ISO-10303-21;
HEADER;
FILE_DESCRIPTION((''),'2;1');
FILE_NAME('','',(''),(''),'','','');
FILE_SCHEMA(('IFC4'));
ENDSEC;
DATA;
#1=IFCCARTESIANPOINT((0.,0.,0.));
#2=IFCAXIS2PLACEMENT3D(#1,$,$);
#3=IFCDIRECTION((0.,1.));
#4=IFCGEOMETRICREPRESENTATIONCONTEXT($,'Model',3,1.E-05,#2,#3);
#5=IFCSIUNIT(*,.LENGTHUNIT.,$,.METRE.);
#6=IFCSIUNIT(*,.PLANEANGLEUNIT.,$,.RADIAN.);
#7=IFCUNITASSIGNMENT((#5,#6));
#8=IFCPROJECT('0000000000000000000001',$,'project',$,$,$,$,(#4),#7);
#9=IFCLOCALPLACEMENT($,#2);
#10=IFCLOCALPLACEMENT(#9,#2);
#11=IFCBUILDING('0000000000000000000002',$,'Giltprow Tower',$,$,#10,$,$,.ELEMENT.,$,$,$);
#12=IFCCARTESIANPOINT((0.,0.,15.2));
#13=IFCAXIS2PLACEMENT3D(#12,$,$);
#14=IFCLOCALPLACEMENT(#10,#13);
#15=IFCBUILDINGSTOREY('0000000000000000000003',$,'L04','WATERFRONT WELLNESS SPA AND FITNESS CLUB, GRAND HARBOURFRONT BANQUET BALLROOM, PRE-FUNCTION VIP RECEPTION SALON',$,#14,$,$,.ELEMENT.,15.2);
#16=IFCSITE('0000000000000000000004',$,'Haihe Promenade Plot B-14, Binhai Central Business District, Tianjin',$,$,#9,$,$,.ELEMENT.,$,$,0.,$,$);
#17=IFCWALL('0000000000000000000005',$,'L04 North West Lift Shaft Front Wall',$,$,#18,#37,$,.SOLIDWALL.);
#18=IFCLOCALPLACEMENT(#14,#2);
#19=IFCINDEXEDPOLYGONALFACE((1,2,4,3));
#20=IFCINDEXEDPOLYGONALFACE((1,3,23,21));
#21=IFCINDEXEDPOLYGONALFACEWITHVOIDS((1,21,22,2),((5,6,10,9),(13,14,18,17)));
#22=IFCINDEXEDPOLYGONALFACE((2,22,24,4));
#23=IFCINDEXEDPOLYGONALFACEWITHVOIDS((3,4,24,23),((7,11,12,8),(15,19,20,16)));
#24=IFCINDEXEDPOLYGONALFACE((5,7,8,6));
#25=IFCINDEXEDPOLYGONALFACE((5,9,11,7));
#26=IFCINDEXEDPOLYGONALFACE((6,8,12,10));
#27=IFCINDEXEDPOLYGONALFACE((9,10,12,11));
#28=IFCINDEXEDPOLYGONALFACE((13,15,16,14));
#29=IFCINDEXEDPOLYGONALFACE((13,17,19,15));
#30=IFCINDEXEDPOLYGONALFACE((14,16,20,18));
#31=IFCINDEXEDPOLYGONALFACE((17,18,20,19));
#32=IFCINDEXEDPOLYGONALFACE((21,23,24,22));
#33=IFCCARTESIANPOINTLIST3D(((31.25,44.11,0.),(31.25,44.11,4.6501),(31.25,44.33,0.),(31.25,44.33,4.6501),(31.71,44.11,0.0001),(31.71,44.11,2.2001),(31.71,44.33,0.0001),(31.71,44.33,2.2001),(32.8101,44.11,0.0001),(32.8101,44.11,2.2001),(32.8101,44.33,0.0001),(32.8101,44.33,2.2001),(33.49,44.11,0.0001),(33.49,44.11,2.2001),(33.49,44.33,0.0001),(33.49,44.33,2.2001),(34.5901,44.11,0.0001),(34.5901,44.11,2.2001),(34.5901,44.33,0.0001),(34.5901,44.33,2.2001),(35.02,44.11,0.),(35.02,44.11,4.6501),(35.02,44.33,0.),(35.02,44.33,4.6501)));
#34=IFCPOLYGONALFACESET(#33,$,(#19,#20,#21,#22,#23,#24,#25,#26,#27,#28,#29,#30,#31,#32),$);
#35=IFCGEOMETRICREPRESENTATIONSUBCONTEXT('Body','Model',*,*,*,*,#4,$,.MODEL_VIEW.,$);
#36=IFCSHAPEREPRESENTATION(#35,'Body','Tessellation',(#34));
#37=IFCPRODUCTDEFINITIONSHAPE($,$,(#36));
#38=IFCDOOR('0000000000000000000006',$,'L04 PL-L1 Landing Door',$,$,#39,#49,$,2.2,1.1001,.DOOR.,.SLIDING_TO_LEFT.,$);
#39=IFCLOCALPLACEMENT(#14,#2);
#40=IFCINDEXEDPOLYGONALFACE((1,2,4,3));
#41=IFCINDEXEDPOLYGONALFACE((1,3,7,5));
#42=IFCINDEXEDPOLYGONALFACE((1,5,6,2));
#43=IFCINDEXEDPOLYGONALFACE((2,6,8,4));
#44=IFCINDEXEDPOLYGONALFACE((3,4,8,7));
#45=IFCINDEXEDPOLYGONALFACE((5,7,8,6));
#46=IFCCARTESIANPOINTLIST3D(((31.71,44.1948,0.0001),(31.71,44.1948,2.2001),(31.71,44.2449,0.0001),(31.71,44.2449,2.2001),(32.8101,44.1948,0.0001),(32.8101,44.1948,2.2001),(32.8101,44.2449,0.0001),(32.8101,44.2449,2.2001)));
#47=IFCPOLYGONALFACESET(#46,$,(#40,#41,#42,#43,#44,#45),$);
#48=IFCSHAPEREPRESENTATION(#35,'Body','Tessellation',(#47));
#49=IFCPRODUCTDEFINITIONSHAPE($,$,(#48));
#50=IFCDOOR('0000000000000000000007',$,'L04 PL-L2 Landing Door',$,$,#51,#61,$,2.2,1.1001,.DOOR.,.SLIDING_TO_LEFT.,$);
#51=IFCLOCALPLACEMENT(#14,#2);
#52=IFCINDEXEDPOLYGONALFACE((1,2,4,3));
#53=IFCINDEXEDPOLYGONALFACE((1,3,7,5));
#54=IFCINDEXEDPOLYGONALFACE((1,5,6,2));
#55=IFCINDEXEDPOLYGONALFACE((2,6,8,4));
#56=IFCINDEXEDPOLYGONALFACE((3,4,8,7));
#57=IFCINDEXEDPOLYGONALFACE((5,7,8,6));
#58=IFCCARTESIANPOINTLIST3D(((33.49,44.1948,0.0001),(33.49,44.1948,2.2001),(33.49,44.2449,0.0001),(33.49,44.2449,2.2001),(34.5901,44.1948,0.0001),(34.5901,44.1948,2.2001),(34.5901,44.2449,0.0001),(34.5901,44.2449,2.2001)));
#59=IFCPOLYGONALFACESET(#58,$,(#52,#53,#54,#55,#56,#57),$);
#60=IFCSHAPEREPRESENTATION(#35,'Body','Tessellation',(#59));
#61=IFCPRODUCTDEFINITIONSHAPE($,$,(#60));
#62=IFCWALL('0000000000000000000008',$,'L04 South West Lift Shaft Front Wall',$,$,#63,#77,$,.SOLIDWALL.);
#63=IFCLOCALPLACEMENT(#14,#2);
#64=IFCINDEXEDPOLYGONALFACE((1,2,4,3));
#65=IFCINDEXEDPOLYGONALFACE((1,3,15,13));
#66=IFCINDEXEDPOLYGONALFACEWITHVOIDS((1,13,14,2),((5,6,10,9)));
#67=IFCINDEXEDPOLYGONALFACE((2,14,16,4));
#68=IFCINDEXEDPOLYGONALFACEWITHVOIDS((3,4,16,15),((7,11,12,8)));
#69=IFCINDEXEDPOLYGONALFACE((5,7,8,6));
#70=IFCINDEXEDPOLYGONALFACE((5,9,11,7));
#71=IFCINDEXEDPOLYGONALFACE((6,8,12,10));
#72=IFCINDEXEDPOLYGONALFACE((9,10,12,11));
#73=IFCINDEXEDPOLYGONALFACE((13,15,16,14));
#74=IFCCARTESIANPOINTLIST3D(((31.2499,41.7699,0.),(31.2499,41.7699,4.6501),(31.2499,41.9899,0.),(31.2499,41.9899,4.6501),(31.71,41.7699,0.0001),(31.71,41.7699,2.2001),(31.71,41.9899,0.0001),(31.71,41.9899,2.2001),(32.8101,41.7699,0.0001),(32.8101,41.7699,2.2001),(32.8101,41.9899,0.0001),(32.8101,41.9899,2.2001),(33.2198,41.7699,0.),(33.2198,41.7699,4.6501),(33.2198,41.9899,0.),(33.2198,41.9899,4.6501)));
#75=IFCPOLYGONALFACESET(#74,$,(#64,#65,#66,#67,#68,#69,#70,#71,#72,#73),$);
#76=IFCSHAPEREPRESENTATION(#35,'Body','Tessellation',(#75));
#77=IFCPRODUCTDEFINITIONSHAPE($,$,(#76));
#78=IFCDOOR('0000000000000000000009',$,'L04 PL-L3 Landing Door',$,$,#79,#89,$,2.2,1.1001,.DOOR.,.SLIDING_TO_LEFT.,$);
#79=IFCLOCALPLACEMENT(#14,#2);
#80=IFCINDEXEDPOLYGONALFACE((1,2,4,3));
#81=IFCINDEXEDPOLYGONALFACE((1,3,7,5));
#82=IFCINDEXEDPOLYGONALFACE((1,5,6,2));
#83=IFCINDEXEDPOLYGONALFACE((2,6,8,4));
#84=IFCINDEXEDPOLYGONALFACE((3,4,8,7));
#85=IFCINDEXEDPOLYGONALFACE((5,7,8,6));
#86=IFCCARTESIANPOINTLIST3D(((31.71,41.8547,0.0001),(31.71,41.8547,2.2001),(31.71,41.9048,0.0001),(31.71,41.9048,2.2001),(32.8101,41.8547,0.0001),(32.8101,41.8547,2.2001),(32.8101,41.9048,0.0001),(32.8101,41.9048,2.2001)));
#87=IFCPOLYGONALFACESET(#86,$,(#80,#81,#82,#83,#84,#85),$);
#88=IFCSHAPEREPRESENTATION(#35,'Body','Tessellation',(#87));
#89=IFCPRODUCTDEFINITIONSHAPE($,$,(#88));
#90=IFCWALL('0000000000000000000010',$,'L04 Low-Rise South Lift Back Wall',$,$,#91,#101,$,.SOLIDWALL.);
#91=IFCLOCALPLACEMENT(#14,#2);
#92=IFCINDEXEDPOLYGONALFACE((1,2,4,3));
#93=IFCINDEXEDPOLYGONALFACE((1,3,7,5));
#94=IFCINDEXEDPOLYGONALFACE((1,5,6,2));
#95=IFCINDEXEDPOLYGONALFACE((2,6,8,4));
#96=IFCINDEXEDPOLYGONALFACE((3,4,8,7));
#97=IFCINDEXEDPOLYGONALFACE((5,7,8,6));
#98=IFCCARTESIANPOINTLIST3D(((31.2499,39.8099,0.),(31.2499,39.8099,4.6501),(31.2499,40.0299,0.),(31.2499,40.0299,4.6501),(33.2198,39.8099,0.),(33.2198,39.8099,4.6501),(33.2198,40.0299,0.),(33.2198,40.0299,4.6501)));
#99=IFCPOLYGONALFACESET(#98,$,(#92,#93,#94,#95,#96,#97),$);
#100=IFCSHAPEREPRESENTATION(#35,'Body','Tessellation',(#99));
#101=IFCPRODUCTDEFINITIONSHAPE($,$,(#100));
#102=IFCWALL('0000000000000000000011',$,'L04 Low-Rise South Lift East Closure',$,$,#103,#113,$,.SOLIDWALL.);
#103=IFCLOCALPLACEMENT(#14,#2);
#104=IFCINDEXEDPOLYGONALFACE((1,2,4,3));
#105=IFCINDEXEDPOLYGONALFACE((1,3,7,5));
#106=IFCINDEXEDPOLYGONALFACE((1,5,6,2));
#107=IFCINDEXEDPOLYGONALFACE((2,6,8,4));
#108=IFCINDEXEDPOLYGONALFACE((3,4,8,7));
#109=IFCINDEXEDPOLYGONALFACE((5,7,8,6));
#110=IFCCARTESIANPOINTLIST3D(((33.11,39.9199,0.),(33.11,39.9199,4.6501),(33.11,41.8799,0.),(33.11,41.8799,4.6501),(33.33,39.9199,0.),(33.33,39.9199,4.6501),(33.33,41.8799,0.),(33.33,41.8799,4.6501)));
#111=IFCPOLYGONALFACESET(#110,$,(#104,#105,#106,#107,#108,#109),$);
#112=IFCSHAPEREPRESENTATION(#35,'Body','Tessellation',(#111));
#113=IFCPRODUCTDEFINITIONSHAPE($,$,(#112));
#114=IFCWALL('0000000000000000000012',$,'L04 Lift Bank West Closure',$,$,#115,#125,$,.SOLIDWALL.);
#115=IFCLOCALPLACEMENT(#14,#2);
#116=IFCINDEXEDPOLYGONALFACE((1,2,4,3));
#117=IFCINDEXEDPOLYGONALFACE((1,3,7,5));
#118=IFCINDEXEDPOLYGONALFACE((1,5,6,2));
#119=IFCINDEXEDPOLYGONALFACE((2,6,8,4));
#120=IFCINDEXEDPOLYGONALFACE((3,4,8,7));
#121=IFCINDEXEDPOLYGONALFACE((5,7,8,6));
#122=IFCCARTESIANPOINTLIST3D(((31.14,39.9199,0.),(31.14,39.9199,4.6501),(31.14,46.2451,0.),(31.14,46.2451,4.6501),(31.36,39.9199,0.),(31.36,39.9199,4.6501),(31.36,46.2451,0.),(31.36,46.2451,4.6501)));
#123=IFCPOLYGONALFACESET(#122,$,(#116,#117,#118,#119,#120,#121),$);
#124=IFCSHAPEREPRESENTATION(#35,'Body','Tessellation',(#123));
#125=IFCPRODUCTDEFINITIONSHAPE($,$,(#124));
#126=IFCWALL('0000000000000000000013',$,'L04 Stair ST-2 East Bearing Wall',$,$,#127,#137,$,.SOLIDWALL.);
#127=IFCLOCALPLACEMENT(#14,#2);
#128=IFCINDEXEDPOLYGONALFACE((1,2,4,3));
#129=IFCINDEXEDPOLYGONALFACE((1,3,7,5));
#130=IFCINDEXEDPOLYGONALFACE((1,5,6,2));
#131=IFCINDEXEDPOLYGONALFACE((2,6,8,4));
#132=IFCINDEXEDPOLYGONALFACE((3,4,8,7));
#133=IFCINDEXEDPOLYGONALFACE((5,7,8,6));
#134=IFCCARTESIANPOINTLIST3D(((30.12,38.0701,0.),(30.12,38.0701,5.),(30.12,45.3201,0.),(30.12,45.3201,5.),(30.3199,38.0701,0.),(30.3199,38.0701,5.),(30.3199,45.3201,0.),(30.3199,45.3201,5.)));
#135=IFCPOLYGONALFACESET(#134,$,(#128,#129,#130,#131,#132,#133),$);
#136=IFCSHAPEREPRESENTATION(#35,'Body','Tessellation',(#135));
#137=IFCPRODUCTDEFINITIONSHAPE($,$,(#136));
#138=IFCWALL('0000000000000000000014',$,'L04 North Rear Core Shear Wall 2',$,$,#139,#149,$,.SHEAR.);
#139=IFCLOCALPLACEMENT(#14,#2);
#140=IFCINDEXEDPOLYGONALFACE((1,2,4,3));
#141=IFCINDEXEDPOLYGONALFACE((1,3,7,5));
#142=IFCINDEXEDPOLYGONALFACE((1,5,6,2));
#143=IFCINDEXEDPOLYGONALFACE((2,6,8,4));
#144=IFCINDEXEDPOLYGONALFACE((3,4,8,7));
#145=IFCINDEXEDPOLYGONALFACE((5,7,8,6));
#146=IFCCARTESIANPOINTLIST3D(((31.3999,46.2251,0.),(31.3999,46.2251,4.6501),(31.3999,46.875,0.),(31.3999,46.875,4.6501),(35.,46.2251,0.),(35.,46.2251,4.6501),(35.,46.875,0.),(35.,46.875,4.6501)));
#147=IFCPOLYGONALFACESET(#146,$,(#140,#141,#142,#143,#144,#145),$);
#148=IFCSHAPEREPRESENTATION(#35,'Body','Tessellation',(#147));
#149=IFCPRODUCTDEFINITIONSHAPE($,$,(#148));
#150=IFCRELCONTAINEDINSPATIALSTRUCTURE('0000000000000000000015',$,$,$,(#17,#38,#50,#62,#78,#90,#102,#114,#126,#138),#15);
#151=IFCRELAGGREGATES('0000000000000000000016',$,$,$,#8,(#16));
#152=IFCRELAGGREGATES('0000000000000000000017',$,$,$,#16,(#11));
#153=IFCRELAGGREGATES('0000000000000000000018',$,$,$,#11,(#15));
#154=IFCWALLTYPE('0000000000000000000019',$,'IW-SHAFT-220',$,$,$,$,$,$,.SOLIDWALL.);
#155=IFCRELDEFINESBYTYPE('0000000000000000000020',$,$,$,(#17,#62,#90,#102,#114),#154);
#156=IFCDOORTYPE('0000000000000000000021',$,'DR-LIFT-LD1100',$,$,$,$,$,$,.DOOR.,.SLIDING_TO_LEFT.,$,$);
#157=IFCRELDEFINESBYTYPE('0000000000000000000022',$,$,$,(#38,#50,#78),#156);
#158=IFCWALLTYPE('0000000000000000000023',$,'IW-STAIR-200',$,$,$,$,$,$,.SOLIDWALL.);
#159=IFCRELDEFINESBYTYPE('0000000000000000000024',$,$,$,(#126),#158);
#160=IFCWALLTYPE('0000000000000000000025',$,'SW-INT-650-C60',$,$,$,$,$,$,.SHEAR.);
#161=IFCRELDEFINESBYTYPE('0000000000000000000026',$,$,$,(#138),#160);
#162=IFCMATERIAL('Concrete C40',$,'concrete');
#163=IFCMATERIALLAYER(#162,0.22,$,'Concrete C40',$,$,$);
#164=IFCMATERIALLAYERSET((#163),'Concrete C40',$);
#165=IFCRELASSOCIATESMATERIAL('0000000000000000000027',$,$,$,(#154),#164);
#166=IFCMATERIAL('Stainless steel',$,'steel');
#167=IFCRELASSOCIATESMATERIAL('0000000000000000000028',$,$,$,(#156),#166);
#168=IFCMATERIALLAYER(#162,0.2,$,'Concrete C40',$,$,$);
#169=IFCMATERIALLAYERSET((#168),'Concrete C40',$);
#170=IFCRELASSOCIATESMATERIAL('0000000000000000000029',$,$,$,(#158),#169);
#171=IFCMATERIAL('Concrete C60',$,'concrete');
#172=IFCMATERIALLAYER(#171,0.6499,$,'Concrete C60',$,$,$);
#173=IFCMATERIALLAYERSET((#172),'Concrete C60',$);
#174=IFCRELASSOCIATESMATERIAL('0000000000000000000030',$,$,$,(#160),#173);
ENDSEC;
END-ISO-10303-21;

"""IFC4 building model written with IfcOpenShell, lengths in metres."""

from ifc_helpers import new_model, si_unit, direction, frame, frame_2d, origin, place, context, subcontext, project, spatial, rectangle, extrude, source, transform, mapped, material, layer, layer_set, type_object, element, fill, save


model = new_model("IFC4")

# Units and contexts
model_context = context("Model", 3, precision=1e-05, world=origin(), true_north=direction((0.0, 1.0)))
body_context = subcontext(model_context, "Body", "Model", "MODEL_VIEW")
ifc_project = project(units=[si_unit("LENGTHUNIT", "METRE"), si_unit("PLANEANGLEUNIT", "RADIAN")], contexts=[model_context])

# Site, building, storey
site_placement = place(None, origin())
site = spatial("IfcSite", under=ifc_project, at=site_placement, Name="Haihe Promenade Plot B-14, Binhai Central Business District, Tianjin", CompositionType="ELEMENT", RefElevation=0.0)
building_placement = place(site_placement, origin())
building = spatial("IfcBuilding", under=site, at=building_placement, Name="Giltprow Tower", CompositionType="ELEMENT")
storey_placement = place(building_placement, frame((0.0, 0.0, 15.2)))
storey = spatial("IfcBuildingStorey", under=building, at=storey_placement, Name="L04", Description="WATERFRONT WELLNESS SPA AND FITNESS CLUB, GRAND HARBOURFRONT BANQUET BALLROOM, PRE-FUNCTION VIP RECEPTION SALON", CompositionType="ELEMENT", Elevation=15.2)

# Shared definitions
ifc_material_1 = material(Name="Concrete C60", Category="concrete")

# Wall, openings, doors
ifc_material_2 = material(Name="Concrete C40", Category="concrete")
ifc_layer_1 = layer(ifc_material_2, 0.22, Name="Concrete C40")
ifc_layer_set_1 = layer_set([ifc_layer_1], Name="Concrete C40")
wall_type_1 = type_object("IfcWallType", Name="IW-SHAFT-220", PredefinedType="SOLIDWALL", material=ifc_layer_set_1)
wall_1_placement = place(storey_placement, frame((31.25, 44.22, 0.0), z_axis=(0.0, 0.0, 1.0), x_axis=(1.0, 0.0, 0.0)))
wall_1 = element("IfcWall", 1, at=wall_1_placement, inside=storey, type_object=wall_type_1, Name="L04 North West Lift Shaft Front Wall", PredefinedType="SOLIDWALL", context=body_context, shape_type="SweptSolid", body=[
    extrude(rectangle(XDim=3.77, YDim=0.22, at=frame_2d((1.885, 0.0))), origin(), (0.0, 0.0, 1.0), 4.6501),
])
opening_1_placement = place(wall_1_placement, frame((0.46, 0.0, 0.0)))
opening_1 = element("IfcOpeningElement", 2, at=opening_1_placement, cuts=wall_1, PredefinedType="OPENING", context=body_context, shape_type="SweptSolid", body=[
    extrude(rectangle(XDim=1.1001, YDim=2.2, at=frame_2d((0.55, 1.1001))), frame((0.0, 0.1199, 0.0), z_axis=(0.0, -1.0, 0.0), x_axis=(1.0, 0.0, 0.0)), (0.0, 0.0, 1.0), 0.24),
])
opening_2_placement = place(wall_1_placement, frame((2.24, 0.0, 0.0)))
opening_2 = element("IfcOpeningElement", 3, at=opening_2_placement, cuts=wall_1, PredefinedType="OPENING", context=body_context, shape_type="SweptSolid", body=[
    extrude(rectangle(XDim=1.1001, YDim=2.2, at=frame_2d((0.55, 1.1001))), frame((0.0, 0.1199, 0.0), z_axis=(0.0, -1.0, 0.0), x_axis=(1.0, 0.0, 0.0)), (0.0, 0.0, 1.0), 0.24),
])
ifc_material_3 = material(Name="Stainless steel", Category="steel")
door_type = type_object("IfcDoorType", Name="DR-LIFT-LD1100", OperationType="SLIDING_TO_LEFT", PredefinedType="DOOR", material=ifc_material_3)
shared_shape_1 = source(origin(), body_context, "Body", "SweptSolid", [
    extrude(rectangle(XDim=1.1001, YDim=2.2, at=frame_2d((0.55, 1.1001))), frame((0.0, 0.0249, 0.0), z_axis=(0.0, -1.0, 0.0), x_axis=(1.0, 0.0, 0.0)), (0.0, 0.0, 1.0), 0.05),
])
door_1_placement = place(opening_1_placement, origin())
door_1 = element("IfcDoor", 4, at=door_1_placement, inside=storey, type_object=door_type, Name="L04 PL-L1 Landing Door", OperationType="SLIDING_TO_LEFT", OverallHeight=2.2, OverallWidth=1.1001, PredefinedType="DOOR", context=body_context, shape_type="MappedRepresentation", body=[
    mapped(shared_shape_1, transform((0.0, 0.0, 0.0), x_axis=(1.0, 0.0, 0.0), y_axis=(0.0, 1.0, 0.0), z_axis=(0.0, 0.0, 1.0), scale=1.0)),
])
fill(opening_1, door_1)
door_2_placement = place(opening_2_placement, origin())
door_2 = element("IfcDoor", 5, at=door_2_placement, inside=storey, type_object=door_type, Name="L04 PL-L2 Landing Door", OperationType="SLIDING_TO_LEFT", OverallHeight=2.2, OverallWidth=1.1001, PredefinedType="DOOR", context=body_context, shape_type="MappedRepresentation", body=[
    mapped(shared_shape_1, transform((0.0, 0.0, 0.0), x_axis=(1.0, 0.0, 0.0), y_axis=(0.0, 1.0, 0.0), z_axis=(0.0, 0.0, 1.0), scale=1.0)),
])
fill(opening_2, door_2)

# Wall, opening, door
wall_2_placement = place(storey_placement, frame((31.25, 41.8799, 0.0), z_axis=(0.0, 0.0, 1.0), x_axis=(1.0, 0.0, 0.0)))
wall_2 = element("IfcWall", 6, at=wall_2_placement, inside=storey, type_object=wall_type_1, Name="L04 South West Lift Shaft Front Wall", PredefinedType="SOLIDWALL", context=body_context, shape_type="SweptSolid", body=[
    extrude(rectangle(XDim=1.97, YDim=0.22, at=frame_2d((0.9849, 0.0))), origin(), (0.0, 0.0, 1.0), 4.6501),
])
opening_3_placement = place(wall_2_placement, frame((0.46, 0.0, 0.0)))
opening_3 = element("IfcOpeningElement", 7, at=opening_3_placement, cuts=wall_2, PredefinedType="OPENING", context=body_context, shape_type="SweptSolid", body=[
    extrude(rectangle(XDim=1.1001, YDim=2.2, at=frame_2d((0.55, 1.1001))), frame((0.0, 0.1199, 0.0), z_axis=(0.0, -1.0, 0.0), x_axis=(1.0, 0.0, 0.0)), (0.0, 0.0, 1.0), 0.24),
])
door_3_placement = place(opening_3_placement, origin())
door_3 = element("IfcDoor", 8, at=door_3_placement, inside=storey, type_object=door_type, Name="L04 PL-L3 Landing Door", OperationType="SLIDING_TO_LEFT", OverallHeight=2.2, OverallWidth=1.1001, PredefinedType="DOOR", context=body_context, shape_type="MappedRepresentation", body=[
    mapped(shared_shape_1, transform((0.0, 0.0, 0.0), x_axis=(1.0, 0.0, 0.0), y_axis=(0.0, 1.0, 0.0), z_axis=(0.0, 0.0, 1.0), scale=1.0)),
])
fill(opening_3, door_3)

# Walls
wall_3_placement = place(storey_placement, frame((31.25, 39.9199, 0.0), z_axis=(0.0, 0.0, 1.0), x_axis=(1.0, 0.0, 0.0)))
element("IfcWall", 9, at=wall_3_placement, inside=storey, type_object=wall_type_1, Name="L04 Low-Rise South Lift Back Wall", PredefinedType="SOLIDWALL", context=body_context, shape_type="SweptSolid", body=[
    extrude(rectangle(XDim=1.97, YDim=0.22, at=frame_2d((0.9849, 0.0))), origin(), (0.0, 0.0, 1.0), 4.6501),
])
wall_4_placement = place(storey_placement, frame((33.22, 39.9199, 0.0), z_axis=(0.0, 0.0, 1.0), x_axis=(0.0, 1.0, 0.0)))
element("IfcWall", 10, at=wall_4_placement, inside=storey, type_object=wall_type_1, Name="L04 Low-Rise South Lift East Closure", PredefinedType="SOLIDWALL", context=body_context, shape_type="SweptSolid", body=[
    extrude(rectangle(XDim=1.96, YDim=0.22, at=frame_2d((0.98, 0.0))), origin(), (0.0, 0.0, 1.0), 4.6501),
])
wall_5_placement = place(storey_placement, frame((31.25, 39.9199, 0.0), z_axis=(0.0, 0.0, 1.0), x_axis=(0.0, 1.0, 0.0)))
element("IfcWall", 11, at=wall_5_placement, inside=storey, type_object=wall_type_1, Name="L04 Lift Bank West Closure", PredefinedType="SOLIDWALL", context=body_context, shape_type="SweptSolid", body=[
    extrude(rectangle(XDim=6.3252, YDim=0.22, at=frame_2d((3.1626, 0.0))), origin(), (0.0, 0.0, 1.0), 4.6501),
])
ifc_layer_2 = layer(ifc_material_2, 0.2, Name="Concrete C40")
ifc_layer_set_2 = layer_set([ifc_layer_2], Name="Concrete C40")
wall_type_2 = type_object("IfcWallType", Name="IW-STAIR-200", PredefinedType="SOLIDWALL", material=ifc_layer_set_2)
wall_6_placement = place(storey_placement, frame((30.22, 38.0701, 0.0), z_axis=(0.0, 0.0, 1.0), x_axis=(0.0, 1.0, 0.0)))
element("IfcWall", 12, at=wall_6_placement, inside=storey, type_object=wall_type_2, Name="L04 Stair ST-2 East Bearing Wall", PredefinedType="SOLIDWALL", context=body_context, shape_type="SweptSolid", body=[
    extrude(rectangle(XDim=7.25, YDim=0.2, at=frame_2d((3.625, 0.0))), origin(), (0.0, 0.0, 1.0), 5.0),
])
ifc_layer_3 = layer(ifc_material_1, 0.6499, Name="Concrete C60")
ifc_layer_set_3 = layer_set([ifc_layer_3], Name="Concrete C60")
wall_type_3 = type_object("IfcWallType", Name="SW-INT-650-C60", PredefinedType="SHEAR", material=ifc_layer_set_3)
wall_7_placement = place(storey_placement, frame((31.3999, 46.55, 0.0), z_axis=(0.0, 0.0, 1.0), x_axis=(1.0, 0.0, 0.0)))
element("IfcWall", 13, at=wall_7_placement, inside=storey, type_object=wall_type_3, Name="L04 North Rear Core Shear Wall 2", PredefinedType="SHEAR", context=body_context, shape_type="SweptSolid", body=[
    extrude(rectangle(XDim=3.6001, YDim=0.6499, at=frame_2d((1.8, 0.0))), origin(), (0.0, 0.0, 1.0), 4.6501),
])

save(model, "model.ifc")
